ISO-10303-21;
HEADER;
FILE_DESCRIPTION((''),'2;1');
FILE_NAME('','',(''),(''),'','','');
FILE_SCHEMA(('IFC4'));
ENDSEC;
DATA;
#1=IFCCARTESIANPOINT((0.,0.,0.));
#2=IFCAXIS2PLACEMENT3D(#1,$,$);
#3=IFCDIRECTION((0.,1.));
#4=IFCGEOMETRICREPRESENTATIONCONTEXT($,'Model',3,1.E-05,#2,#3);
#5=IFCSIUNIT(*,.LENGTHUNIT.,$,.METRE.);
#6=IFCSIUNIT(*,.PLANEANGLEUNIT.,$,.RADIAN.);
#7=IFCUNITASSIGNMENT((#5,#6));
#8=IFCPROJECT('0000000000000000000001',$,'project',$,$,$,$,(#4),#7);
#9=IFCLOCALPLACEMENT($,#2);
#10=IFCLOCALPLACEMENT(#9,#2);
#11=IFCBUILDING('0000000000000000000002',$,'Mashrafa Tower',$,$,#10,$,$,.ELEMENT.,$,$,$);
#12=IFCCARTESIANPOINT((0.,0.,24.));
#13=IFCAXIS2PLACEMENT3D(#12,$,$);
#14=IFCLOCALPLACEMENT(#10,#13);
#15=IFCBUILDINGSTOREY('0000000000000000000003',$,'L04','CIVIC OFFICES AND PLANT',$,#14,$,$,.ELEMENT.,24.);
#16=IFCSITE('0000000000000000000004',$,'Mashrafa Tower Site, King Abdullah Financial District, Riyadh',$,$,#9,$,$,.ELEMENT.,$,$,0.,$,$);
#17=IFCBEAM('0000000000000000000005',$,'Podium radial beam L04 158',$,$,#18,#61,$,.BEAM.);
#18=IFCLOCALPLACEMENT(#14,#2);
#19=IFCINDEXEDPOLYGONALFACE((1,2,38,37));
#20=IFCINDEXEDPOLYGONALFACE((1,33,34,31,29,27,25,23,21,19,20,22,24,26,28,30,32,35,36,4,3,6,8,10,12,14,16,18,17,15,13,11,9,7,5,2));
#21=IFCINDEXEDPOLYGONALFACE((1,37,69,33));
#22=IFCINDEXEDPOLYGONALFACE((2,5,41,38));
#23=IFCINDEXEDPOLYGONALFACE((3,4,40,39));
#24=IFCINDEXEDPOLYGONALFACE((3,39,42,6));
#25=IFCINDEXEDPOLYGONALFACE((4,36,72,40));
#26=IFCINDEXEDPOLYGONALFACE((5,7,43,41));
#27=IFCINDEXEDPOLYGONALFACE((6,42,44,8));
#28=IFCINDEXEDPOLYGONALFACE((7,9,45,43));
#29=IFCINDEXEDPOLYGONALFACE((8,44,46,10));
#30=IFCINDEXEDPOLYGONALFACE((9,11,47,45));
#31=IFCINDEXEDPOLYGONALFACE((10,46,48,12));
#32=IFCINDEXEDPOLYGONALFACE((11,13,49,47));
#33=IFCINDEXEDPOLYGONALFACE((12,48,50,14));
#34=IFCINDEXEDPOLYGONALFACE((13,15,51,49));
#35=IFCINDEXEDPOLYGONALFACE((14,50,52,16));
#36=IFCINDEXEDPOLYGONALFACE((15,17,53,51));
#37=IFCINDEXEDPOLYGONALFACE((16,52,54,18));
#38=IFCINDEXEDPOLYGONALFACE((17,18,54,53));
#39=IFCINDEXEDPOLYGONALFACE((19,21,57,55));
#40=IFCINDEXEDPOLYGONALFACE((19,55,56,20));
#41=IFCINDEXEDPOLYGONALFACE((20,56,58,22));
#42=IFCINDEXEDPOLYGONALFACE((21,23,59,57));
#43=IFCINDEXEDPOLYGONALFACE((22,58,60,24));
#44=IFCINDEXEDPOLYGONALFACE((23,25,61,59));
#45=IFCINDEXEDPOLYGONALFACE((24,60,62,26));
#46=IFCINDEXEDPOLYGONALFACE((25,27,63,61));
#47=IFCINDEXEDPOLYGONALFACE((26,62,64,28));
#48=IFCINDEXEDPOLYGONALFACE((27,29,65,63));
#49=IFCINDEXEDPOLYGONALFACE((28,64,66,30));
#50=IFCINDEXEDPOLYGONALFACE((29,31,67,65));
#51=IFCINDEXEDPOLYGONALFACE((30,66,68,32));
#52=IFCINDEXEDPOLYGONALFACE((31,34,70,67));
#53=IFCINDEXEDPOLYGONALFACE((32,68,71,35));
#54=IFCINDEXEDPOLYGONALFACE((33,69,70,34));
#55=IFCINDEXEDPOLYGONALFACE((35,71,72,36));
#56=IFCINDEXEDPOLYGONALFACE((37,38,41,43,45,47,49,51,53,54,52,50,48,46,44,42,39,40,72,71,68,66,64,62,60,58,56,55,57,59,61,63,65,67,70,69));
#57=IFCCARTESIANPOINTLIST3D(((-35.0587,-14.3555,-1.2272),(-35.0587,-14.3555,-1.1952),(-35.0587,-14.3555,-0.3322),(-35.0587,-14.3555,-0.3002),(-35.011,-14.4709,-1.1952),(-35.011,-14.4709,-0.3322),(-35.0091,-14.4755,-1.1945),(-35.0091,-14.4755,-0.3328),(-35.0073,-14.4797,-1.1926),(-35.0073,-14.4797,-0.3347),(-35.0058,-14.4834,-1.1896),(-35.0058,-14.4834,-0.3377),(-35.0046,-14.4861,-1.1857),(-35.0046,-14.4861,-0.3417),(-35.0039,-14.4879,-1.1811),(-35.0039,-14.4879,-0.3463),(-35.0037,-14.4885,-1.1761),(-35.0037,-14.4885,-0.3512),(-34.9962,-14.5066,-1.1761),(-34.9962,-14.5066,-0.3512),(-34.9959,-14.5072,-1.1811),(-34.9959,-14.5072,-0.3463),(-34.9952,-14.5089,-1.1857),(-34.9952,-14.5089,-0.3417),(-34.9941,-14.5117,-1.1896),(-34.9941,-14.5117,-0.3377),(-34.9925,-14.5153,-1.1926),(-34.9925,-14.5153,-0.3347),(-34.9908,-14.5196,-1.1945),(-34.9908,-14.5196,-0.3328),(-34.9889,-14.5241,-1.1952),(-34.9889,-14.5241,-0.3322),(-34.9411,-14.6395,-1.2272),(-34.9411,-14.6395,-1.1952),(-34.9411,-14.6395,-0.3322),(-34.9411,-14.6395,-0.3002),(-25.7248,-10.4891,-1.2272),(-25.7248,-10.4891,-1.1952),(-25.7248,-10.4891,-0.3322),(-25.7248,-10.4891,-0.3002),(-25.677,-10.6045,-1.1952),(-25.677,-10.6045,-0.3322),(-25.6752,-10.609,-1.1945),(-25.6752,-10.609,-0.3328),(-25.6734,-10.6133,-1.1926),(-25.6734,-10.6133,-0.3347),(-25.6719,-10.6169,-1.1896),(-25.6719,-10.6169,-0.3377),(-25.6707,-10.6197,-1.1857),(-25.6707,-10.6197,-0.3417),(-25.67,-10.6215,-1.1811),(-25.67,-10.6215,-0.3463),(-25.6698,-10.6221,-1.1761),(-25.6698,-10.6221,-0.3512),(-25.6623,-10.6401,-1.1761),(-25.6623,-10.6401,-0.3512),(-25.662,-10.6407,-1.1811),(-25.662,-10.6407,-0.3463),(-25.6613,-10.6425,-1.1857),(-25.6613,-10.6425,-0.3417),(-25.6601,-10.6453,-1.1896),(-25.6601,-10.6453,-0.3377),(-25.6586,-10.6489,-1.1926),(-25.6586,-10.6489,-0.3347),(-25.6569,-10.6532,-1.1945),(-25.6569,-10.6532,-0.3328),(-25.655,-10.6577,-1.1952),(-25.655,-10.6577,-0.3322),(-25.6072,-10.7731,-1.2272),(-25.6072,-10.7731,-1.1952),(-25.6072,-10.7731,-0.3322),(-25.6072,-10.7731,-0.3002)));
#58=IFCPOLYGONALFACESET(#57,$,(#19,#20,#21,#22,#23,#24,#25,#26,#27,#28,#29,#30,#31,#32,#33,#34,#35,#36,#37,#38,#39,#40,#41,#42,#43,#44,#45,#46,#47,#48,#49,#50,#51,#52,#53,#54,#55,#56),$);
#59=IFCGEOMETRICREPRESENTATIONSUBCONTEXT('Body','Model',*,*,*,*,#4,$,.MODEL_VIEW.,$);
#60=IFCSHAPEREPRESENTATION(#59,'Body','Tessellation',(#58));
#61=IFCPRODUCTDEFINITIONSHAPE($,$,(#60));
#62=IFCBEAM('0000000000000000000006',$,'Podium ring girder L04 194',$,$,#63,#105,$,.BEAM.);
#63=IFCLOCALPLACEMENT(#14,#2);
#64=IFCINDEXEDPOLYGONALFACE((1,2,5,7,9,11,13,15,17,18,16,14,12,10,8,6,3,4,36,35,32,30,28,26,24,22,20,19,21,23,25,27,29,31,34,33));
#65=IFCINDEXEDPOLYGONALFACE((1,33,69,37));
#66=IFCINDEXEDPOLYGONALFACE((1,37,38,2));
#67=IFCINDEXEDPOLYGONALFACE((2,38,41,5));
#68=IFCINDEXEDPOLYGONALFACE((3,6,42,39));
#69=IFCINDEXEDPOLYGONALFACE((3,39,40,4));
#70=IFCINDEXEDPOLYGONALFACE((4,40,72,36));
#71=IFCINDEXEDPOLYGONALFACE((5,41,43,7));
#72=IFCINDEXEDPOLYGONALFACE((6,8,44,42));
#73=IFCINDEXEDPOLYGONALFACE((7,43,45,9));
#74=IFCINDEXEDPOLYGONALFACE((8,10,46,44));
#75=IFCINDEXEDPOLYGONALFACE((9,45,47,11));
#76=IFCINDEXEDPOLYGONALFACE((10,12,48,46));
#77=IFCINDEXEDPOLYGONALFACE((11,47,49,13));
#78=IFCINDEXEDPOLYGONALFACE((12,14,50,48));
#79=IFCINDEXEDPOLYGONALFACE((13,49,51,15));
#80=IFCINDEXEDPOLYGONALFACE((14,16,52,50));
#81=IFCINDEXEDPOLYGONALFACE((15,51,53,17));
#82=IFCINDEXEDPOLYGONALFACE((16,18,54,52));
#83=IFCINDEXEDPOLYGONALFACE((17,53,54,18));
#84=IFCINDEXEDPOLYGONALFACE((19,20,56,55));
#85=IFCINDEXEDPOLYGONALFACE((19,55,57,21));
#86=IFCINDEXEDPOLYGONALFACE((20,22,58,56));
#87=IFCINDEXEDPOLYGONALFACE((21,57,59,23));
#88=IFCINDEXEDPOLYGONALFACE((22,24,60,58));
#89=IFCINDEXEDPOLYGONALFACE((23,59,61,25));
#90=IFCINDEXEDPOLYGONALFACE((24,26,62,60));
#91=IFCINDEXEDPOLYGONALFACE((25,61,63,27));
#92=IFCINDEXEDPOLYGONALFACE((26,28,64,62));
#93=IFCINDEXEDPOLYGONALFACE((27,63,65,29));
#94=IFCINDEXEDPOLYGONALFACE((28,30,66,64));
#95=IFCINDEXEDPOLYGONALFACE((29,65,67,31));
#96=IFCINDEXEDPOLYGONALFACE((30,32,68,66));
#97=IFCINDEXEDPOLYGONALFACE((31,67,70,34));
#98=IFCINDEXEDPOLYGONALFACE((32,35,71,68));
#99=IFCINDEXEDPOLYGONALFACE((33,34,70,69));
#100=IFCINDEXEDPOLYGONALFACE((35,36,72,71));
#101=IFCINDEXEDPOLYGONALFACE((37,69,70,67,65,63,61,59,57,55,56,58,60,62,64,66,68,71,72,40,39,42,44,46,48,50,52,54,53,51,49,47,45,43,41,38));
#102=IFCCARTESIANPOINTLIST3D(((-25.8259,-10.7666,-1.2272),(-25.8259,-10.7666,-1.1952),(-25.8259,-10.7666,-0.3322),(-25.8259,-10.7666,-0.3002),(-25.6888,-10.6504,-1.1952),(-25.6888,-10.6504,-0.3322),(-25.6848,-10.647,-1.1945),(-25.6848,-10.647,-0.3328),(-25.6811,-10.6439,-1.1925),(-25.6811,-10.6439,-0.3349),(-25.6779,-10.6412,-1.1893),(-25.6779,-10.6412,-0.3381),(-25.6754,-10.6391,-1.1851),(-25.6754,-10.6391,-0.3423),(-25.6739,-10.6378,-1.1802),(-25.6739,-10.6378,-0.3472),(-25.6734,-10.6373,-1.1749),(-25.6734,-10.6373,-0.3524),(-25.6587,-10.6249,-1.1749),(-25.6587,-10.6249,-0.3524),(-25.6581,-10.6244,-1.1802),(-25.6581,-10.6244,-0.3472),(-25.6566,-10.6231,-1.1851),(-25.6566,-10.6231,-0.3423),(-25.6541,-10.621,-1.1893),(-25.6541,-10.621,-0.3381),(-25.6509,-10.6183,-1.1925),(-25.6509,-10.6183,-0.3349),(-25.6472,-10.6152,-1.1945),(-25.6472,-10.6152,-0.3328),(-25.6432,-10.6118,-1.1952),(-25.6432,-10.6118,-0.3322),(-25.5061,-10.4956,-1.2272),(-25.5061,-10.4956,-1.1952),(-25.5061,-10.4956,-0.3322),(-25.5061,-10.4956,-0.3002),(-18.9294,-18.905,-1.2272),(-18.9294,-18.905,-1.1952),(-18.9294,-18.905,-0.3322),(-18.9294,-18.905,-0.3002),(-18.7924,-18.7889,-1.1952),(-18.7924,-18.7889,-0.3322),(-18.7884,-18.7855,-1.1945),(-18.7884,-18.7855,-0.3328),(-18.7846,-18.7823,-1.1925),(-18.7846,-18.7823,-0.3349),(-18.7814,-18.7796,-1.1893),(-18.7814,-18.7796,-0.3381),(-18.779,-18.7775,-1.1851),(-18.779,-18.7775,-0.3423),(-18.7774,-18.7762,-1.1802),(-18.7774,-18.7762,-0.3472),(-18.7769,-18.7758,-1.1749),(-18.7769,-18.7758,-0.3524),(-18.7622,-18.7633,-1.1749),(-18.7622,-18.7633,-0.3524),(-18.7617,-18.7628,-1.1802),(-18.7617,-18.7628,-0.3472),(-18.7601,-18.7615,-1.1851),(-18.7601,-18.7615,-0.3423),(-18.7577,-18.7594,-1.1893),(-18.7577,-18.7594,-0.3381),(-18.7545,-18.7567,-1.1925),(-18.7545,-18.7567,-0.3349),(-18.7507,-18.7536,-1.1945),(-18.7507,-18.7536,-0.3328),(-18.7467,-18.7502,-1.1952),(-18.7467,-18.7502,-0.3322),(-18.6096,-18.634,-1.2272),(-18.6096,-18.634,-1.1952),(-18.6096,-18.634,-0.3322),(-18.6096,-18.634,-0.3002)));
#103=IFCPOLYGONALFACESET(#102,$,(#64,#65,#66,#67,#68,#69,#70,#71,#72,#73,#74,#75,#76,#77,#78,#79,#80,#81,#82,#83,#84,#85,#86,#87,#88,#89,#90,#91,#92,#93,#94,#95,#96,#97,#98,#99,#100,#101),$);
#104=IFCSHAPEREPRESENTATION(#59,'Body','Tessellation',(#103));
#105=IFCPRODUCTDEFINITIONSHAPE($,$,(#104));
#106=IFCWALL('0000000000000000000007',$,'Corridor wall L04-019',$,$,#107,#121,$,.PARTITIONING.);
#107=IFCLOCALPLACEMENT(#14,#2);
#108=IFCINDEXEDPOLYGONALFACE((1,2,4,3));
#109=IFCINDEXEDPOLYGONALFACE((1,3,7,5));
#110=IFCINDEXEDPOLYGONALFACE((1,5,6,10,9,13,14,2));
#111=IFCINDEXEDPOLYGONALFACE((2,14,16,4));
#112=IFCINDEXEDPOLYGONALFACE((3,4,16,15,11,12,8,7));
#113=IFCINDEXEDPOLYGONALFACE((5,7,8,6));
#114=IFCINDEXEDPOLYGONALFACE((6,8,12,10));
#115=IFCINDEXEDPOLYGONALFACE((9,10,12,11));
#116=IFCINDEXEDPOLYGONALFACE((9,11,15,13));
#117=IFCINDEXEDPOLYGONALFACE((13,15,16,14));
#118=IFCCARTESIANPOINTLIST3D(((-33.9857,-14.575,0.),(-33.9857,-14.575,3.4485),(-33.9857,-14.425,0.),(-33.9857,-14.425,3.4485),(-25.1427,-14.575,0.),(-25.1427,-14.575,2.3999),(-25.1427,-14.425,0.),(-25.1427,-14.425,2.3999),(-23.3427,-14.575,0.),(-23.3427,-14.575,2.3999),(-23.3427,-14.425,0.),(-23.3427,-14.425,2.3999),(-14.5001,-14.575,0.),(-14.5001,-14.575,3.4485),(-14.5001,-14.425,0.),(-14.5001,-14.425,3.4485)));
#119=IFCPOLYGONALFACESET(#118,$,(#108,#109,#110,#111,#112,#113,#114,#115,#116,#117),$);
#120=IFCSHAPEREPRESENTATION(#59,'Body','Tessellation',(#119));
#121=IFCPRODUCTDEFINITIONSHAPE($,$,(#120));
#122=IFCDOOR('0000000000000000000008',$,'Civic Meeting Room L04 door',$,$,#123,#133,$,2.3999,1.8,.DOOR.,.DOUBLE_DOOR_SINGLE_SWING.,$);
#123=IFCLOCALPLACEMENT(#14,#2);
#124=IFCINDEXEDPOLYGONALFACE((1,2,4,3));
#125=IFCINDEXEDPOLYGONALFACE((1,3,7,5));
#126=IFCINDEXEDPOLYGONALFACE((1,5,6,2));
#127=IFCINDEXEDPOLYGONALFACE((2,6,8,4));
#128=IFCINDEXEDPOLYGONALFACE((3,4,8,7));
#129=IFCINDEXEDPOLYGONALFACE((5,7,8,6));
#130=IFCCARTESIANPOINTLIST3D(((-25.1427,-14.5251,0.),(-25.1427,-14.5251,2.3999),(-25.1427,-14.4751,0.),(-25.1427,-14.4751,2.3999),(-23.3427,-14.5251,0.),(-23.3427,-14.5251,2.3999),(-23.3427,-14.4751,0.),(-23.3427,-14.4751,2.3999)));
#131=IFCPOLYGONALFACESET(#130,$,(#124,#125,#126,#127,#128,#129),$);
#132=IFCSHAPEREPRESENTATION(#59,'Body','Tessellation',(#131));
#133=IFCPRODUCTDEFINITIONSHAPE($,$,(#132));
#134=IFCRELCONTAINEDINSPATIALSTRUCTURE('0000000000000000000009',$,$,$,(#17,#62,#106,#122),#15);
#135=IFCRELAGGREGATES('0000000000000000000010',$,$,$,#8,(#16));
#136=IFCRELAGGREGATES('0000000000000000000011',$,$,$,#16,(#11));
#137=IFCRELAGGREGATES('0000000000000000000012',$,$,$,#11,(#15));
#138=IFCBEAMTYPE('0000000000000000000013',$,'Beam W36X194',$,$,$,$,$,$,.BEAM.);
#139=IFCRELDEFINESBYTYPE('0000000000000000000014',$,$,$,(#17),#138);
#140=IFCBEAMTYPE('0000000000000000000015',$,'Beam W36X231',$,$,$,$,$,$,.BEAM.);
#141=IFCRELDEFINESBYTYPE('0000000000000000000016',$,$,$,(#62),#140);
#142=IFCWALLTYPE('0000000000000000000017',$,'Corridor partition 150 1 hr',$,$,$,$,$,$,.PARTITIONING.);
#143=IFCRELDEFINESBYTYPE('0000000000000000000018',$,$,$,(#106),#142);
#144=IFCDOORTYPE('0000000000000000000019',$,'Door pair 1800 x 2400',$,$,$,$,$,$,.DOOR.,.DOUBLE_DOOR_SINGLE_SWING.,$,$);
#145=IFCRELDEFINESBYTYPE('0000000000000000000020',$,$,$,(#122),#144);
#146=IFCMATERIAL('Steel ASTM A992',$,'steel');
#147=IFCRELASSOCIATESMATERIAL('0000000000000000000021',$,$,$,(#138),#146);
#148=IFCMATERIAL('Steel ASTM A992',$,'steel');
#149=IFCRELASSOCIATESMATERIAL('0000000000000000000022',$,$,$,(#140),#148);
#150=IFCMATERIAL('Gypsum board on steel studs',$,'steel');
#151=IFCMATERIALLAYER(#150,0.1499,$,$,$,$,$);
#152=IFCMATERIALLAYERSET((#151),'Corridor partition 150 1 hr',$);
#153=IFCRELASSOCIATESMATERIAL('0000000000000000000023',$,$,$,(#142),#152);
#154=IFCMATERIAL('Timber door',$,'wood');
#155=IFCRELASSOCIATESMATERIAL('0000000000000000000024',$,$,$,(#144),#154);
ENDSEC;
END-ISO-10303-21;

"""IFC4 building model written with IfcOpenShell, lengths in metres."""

from ifc_helpers import new_model, si_unit, direction, frame, frame_2d, origin, origin_2d, place, context, subcontext, project, spatial, rectangle, i_section, extrude, material, layer, layer_set, material_profile, profile_set, type_object, element, fill, save


model = new_model("IFC4")

# Units and contexts
model_context = context("Model", 3, precision=1e-05, world=origin(), true_north=direction((0.0, 1.0)))
body_context = subcontext(model_context, "Body", "Model", "MODEL_VIEW")
ifc_project = project(units=[si_unit("LENGTHUNIT", "METRE"), si_unit("PLANEANGLEUNIT", "RADIAN")], contexts=[model_context])

# Site, building, storey
site_placement = place(None, origin())
site = spatial("IfcSite", under=ifc_project, at=site_placement, Name="Mashrafa Tower Site, King Abdullah Financial District, Riyadh", CompositionType="ELEMENT", RefElevation=0.0)
building_placement = place(site_placement, origin())
building = spatial("IfcBuilding", under=site, at=building_placement, Name="Mashrafa Tower", CompositionType="ELEMENT")
storey_placement = place(building_placement, frame((0.0, 0.0, 24.0)))
storey = spatial("IfcBuildingStorey", under=building, at=storey_placement, Name="L04", Description="CIVIC OFFICES AND PLANT", CompositionType="ELEMENT", Elevation=24.0)

# Beams
ifc_material_1 = material(Name="Steel ASTM A992", Category="steel")
ifc_material_profile_1 = material_profile(ifc_material_1, i_section(OverallWidth=0.3074, OverallDepth=0.927, WebThickness=0.0195, FlangeThickness=0.032, FilletRadius=0.019, at=origin_2d()), Name="W36X194")
ifc_profile_set_1 = profile_set([ifc_material_profile_1], Name="Steel ASTM A992")
beam_type_1 = type_object("IfcBeamType", Name="Beam W36X194", PredefinedType="BEAM", material=ifc_profile_set_1)
beam_1_placement = place(storey_placement, frame((-25.666, -10.6311, -0.7637), z_axis=(-0.923873, -0.3827, 0.0), x_axis=(0.3827, -0.923873, 0.0)))
element("IfcBeam", 1, at=beam_1_placement, inside=storey, type_object=beam_type_1, Name="Podium radial beam L04 158", PredefinedType="BEAM", context=body_context, shape_type="SweptSolid", body=[
    extrude(i_section(OverallWidth=0.3074, OverallDepth=0.927, WebThickness=0.0195, FlangeThickness=0.032, FilletRadius=0.019, at=origin_2d()), origin(), (0.0, 0.0, 1.0), 10.103),
])
ifc_material_2 = material(Name="Steel ASTM A992", Category="steel")
ifc_material_profile_2 = material_profile(ifc_material_2, i_section(OverallWidth=0.4192, OverallDepth=0.927, WebThickness=0.0193, FlangeThickness=0.032, FilletRadius=0.0203, at=origin_2d()), Name="W36X231")
ifc_profile_set_2 = profile_set([ifc_material_profile_2], Name="Steel ASTM A992")
beam_type_2 = type_object("IfcBeamType", Name="Beam W36X231", PredefinedType="BEAM", material=ifc_profile_set_2)
beam_2_placement = place(storey_placement, frame((-25.666, -10.6311, -0.7637), z_axis=(0.646495, -0.762918, 0.0), x_axis=(0.762918, 0.646495, 0.0)))
element("IfcBeam", 2, at=beam_2_placement, inside=storey, type_object=beam_type_2, Name="Podium ring girder L04 194", PredefinedType="BEAM", context=body_context, shape_type="SweptSolid", body=[
    extrude(i_section(OverallWidth=0.4192, OverallDepth=0.927, WebThickness=0.0193, FlangeThickness=0.032, FilletRadius=0.0203, at=origin_2d()), origin(), (0.0, 0.0, 1.0), 10.6675),
])

# Wall, opening, door
ifc_material_3 = material(Name="Gypsum board on steel studs", Category="steel")
ifc_layer_1 = layer(ifc_material_3, 0.1499)
ifc_layer_set_1 = layer_set([ifc_layer_1], Name="Corridor partition 150 1 hr")
wall_type_1 = type_object("IfcWallType", Name="Corridor partition 150 1 hr", PredefinedType="PARTITIONING", material=ifc_layer_set_1)
wall_1_placement = place(storey_placement, frame((-33.9856, -14.5, 0.0), z_axis=(0.0, 0.0, 1.0), x_axis=(1.0, 0.0, 0.0)))
wall_1 = element("IfcWall", 3, at=wall_1_placement, inside=storey, type_object=wall_type_1, Name="Corridor wall L04-019", PredefinedType="PARTITIONING", context=body_context, shape_type="SweptSolid", body=[
    extrude(rectangle(XDim=19.4856, YDim=0.1499, at=frame_2d((9.7427, 0.0))), origin(), (0.0, 0.0, 1.0), 3.4485),
])
opening_1_placement = place(wall_1_placement, frame((8.843, 0.0, 0.0)))
opening_1 = element("IfcOpeningElement", 4, at=opening_1_placement, cuts=wall_1, PredefinedType="OPENING", context=body_context, shape_type="SweptSolid", body=[
    extrude(rectangle(XDim=1.8, YDim=2.3999, at=frame_2d((0.8999, 1.2))), frame((0.0, 0.085, 0.0), z_axis=(0.0, -1.0, 0.0), x_axis=(1.0, 0.0, 0.0)), (0.0, 0.0, 1.0), 0.1699),
])
ifc_material_4 = material(Name="Timber door", Category="wood")
door_type = type_object("IfcDoorType", Name="Door pair 1800 x 2400", OperationType="DOUBLE_DOOR_SINGLE_SWING", PredefinedType="DOOR", material=ifc_material_4)
door_placement = place(opening_1_placement, origin())
door = element("IfcDoor", 5, at=door_placement, inside=storey, type_object=door_type, Name="Civic Meeting Room L04 door", OperationType="DOUBLE_DOOR_SINGLE_SWING", OverallHeight=2.3999, OverallWidth=1.8, PredefinedType="DOOR", context=body_context, shape_type="SweptSolid", body=[
    extrude(rectangle(XDim=1.8, YDim=2.3999, at=frame_2d((0.8999, 1.2))), frame((0.0, 0.0249, 0.0), z_axis=(0.0, -1.0, 0.0), x_axis=(1.0, 0.0, 0.0)), (0.0, 0.0, 1.0), 0.05),
])
fill(opening_1, door)

save(model, "model.ifc")
